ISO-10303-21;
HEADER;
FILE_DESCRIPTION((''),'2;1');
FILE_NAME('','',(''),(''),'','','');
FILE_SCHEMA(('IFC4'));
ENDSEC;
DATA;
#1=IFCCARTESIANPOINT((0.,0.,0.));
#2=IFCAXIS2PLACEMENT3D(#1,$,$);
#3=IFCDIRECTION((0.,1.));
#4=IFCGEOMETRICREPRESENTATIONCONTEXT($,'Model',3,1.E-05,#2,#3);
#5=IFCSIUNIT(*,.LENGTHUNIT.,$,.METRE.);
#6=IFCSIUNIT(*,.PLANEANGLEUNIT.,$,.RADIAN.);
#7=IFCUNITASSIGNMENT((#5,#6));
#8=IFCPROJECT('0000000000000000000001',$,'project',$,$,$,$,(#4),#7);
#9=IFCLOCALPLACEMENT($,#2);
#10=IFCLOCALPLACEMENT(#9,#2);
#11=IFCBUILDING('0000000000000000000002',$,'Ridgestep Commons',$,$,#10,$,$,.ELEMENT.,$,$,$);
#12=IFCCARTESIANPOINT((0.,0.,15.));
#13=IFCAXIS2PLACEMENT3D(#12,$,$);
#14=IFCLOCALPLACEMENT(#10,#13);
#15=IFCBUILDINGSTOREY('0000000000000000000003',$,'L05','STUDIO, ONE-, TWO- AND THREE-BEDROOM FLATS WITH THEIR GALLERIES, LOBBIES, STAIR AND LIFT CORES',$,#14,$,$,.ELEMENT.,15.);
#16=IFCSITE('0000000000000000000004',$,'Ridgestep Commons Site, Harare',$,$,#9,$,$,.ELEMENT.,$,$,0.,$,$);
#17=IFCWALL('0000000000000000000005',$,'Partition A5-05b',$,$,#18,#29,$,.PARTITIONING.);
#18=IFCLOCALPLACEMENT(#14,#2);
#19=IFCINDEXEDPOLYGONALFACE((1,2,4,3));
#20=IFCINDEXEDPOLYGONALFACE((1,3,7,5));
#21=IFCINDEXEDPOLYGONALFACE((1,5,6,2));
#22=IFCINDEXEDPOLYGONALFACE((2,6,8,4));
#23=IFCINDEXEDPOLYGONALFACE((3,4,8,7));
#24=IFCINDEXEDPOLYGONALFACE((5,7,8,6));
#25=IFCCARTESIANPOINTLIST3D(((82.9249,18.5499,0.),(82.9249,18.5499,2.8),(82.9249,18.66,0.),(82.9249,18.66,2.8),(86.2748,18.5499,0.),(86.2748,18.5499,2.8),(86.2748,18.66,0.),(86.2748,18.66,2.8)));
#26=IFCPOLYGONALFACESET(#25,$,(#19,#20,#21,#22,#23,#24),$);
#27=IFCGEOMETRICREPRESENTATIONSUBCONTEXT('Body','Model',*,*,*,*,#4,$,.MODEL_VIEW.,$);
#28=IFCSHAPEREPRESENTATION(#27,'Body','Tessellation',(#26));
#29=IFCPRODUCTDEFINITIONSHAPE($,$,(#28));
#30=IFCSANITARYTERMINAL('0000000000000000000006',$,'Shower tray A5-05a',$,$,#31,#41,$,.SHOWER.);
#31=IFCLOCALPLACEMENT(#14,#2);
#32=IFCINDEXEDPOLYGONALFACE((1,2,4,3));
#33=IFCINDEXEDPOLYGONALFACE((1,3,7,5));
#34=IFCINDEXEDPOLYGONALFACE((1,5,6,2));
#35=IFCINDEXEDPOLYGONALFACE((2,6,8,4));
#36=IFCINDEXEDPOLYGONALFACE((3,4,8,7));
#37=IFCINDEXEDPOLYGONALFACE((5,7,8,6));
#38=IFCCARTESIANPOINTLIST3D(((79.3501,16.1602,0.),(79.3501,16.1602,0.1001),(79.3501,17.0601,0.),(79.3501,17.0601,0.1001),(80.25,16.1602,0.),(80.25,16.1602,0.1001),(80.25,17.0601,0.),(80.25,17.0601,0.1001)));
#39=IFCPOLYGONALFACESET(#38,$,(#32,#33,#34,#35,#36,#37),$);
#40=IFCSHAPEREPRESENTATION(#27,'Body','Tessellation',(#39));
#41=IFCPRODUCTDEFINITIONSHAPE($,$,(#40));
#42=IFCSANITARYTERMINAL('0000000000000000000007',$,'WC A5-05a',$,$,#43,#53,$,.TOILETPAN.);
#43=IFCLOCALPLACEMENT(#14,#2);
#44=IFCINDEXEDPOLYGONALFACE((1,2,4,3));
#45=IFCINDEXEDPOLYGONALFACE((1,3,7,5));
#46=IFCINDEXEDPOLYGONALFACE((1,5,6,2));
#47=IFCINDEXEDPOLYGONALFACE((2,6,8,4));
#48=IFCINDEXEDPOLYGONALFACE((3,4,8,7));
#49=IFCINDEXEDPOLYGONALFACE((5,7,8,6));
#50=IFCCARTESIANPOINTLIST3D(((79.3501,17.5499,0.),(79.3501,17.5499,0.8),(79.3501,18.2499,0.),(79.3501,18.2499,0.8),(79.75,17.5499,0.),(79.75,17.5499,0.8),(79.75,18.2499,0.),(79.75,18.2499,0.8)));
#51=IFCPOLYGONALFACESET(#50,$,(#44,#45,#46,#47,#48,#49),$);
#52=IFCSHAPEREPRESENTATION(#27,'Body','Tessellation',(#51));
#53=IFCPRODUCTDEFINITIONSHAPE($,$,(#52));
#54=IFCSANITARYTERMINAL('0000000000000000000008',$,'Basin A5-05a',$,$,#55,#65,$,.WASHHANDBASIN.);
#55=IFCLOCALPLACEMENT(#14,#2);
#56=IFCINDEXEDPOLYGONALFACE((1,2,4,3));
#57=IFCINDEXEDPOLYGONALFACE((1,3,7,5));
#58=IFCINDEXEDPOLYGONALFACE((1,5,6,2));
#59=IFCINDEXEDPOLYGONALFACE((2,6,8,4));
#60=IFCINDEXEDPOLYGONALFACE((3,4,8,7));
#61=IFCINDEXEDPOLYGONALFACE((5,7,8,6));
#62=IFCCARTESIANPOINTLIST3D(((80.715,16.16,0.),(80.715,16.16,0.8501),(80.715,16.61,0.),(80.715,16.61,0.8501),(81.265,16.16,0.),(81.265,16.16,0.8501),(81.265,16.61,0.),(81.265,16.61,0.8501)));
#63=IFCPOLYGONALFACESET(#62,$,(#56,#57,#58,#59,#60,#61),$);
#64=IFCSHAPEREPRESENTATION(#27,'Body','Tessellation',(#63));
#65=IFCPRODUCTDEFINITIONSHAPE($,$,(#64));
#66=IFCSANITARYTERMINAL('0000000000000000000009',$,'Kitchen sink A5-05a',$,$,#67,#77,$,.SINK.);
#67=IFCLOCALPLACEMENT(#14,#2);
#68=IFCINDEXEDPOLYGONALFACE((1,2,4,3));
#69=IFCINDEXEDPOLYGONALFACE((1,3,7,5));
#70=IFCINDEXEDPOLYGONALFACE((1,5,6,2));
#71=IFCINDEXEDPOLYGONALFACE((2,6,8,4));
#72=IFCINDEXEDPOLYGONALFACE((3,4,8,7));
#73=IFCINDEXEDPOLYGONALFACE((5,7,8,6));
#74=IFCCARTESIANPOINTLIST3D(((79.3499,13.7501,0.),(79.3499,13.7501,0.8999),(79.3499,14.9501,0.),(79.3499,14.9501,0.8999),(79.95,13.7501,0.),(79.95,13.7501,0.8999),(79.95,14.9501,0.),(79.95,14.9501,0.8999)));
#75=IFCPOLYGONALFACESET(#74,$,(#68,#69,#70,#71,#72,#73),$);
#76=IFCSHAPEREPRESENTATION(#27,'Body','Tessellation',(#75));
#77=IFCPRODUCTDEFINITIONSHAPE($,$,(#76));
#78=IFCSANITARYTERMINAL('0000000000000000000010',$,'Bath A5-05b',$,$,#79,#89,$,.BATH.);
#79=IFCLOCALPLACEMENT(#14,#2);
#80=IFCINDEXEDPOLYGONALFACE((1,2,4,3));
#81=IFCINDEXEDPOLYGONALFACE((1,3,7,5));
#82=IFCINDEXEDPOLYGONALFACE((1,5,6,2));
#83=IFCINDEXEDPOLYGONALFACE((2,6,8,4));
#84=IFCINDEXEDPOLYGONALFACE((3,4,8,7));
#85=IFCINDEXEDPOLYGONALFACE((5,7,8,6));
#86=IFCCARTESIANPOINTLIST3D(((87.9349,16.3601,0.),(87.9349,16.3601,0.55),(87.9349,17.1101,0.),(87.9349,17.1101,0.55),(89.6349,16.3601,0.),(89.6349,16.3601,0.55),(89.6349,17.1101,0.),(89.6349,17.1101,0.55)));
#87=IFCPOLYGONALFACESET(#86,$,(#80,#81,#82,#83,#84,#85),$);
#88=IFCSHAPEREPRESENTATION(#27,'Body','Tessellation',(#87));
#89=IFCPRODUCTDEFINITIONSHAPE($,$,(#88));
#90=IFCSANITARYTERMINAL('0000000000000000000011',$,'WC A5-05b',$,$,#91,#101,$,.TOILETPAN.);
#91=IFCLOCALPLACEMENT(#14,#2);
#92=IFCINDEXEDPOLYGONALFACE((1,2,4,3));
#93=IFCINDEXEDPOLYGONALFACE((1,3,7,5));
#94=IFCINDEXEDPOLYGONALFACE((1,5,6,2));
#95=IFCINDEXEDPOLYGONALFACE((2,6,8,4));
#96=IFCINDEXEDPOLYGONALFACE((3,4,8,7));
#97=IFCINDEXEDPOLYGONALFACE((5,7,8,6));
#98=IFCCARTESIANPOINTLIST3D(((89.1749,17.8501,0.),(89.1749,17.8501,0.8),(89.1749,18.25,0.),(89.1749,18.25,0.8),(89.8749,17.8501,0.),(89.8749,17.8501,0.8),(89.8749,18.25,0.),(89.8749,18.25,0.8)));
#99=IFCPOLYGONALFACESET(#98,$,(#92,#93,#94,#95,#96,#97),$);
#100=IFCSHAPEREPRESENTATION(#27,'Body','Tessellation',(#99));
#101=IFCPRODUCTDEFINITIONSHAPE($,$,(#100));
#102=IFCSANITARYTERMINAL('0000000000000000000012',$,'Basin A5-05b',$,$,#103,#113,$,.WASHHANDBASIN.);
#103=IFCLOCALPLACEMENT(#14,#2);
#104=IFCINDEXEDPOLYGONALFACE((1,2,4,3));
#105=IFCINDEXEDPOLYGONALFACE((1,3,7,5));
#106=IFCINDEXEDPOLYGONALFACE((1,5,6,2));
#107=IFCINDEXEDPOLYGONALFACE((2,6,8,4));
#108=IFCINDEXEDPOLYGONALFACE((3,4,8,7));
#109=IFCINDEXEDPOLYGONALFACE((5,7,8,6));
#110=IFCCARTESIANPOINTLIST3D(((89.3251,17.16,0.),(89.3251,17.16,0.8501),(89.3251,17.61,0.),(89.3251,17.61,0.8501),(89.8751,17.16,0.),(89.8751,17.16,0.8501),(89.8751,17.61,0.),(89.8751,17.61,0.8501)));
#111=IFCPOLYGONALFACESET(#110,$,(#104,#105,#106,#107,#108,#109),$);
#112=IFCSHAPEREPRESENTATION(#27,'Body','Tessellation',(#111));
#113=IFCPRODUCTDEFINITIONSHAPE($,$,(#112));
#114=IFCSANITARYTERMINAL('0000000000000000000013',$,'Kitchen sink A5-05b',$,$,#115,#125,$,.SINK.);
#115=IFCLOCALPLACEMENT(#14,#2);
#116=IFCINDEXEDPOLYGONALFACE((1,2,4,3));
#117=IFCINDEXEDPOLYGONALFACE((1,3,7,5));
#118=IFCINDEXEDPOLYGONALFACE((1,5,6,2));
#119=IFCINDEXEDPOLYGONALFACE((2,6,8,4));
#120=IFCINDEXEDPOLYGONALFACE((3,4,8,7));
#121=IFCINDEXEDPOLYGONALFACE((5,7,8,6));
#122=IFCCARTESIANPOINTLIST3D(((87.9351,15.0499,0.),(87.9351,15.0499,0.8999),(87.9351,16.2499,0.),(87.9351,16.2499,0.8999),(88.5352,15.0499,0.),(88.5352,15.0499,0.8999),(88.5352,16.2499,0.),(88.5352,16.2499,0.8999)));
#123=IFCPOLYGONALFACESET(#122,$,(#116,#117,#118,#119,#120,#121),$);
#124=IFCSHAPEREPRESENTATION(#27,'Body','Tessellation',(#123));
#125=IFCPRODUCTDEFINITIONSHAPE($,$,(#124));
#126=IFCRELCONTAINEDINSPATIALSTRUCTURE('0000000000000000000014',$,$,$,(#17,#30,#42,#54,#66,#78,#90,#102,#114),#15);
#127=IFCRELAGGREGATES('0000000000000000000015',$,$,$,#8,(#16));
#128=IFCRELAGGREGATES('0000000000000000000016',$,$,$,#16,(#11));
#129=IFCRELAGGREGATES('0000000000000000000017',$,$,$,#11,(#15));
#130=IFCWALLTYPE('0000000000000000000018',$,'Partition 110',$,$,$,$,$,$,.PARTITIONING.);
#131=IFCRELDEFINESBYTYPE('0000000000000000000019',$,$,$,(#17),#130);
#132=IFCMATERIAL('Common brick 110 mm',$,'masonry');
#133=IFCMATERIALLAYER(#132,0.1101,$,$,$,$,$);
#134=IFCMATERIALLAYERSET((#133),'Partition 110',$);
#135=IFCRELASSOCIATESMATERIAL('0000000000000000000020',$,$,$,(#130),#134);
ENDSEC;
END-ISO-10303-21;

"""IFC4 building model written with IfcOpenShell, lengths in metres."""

from ifc_helpers import new_model, si_unit, direction, frame, frame_2d, origin, origin_2d, place, context, subcontext, project, spatial, rectangle, extrude, material, layer, layer_set, type_object, element, save


model = new_model("IFC4")

# Units and contexts
model_context = context("Model", 3, precision=1e-05, world=origin(), true_north=direction((0.0, 1.0)))
body_context = subcontext(model_context, "Body", "Model", "MODEL_VIEW")
ifc_project = project(units=[si_unit("LENGTHUNIT", "METRE"), si_unit("PLANEANGLEUNIT", "RADIAN")], contexts=[model_context])

# Site, building, storey
site_placement = place(None, origin())
site = spatial("IfcSite", under=ifc_project, at=site_placement, Name="Ridgestep Commons Site, Harare", CompositionType="ELEMENT", RefElevation=0.0)
building_placement = place(site_placement, origin())
building = spatial("IfcBuilding", under=site, at=building_placement, Name="Ridgestep Commons", CompositionType="ELEMENT")
storey_placement = place(building_placement, frame((0.0, 0.0, 15.0)))
storey = spatial("IfcBuildingStorey", under=building, at=storey_placement, Name="L05", Description="STUDIO, ONE-, TWO- AND THREE-BEDROOM FLATS WITH THEIR GALLERIES, LOBBIES, STAIR AND LIFT CORES", CompositionType="ELEMENT", Elevation=15.0)

# Shared definitions
ifc_material_1 = material(Name="Common brick 110 mm", Category="masonry")
ifc_layer_1 = layer(ifc_material_1, 0.1101)
ifc_layer_set_1 = layer_set([ifc_layer_1], Name="Partition 110")
wall_type_1 = type_object("IfcWallType", Name="Partition 110", PredefinedType="PARTITIONING", material=ifc_layer_set_1)

# Wall
wall_1_placement = place(storey_placement, frame((82.925, 18.605, 0.0), z_axis=(0.0, 0.0, 1.0), x_axis=(1.0, 0.0, 0.0)))
element("IfcWall", 1, at=wall_1_placement, inside=storey, type_object=wall_type_1, Name="Partition A5-05b", PredefinedType="PARTITIONING", context=body_context, shape_type="SweptSolid", body=[
    extrude(rectangle(XDim=3.3499, YDim=0.1101, at=frame_2d((1.6748, 0.0))), origin(), (0.0, 0.0, 1.0), 2.8),
])

# Sanitary terminals
sanitary_terminal_1_placement = place(storey_placement, frame((79.8, 16.6101, 0.0), z_axis=(0.0, 0.0, 1.0), x_axis=(1.0, 0.0, 0.0)))
element("IfcSanitaryTerminal", 2, at=sanitary_terminal_1_placement, inside=storey, Name="Shower tray A5-05a", PredefinedType="SHOWER", context=body_context, shape_type="SweptSolid", body=[
    extrude(rectangle(XDim=0.8999, YDim=0.8999, at=origin_2d()), origin(), (0.0, 0.0, 1.0), 0.1001),
])
sanitary_terminal_2_placement = place(storey_placement, frame((79.55, 17.8999, 0.0), z_axis=(0.0, 0.0, 1.0), x_axis=(1.0, 0.0, 0.0)))
element("IfcSanitaryTerminal", 3, at=sanitary_terminal_2_placement, inside=storey, Name="WC A5-05a", PredefinedType="TOILETPAN", context=body_context, shape_type="SweptSolid", body=[
    extrude(rectangle(XDim=0.3999, YDim=0.7, at=origin_2d()), origin(), (0.0, 0.0, 1.0), 0.8),
])
sanitary_terminal_3_placement = place(storey_placement, frame((80.99, 16.385, 0.0), z_axis=(0.0, 0.0, 1.0), x_axis=(1.0, 0.0, 0.0)))
element("IfcSanitaryTerminal", 4, at=sanitary_terminal_3_placement, inside=storey, Name="Basin A5-05a", PredefinedType="WASHHANDBASIN", context=body_context, shape_type="SweptSolid", body=[
    extrude(rectangle(XDim=0.55, YDim=0.45, at=origin_2d()), origin(), (0.0, 0.0, 1.0), 0.8501),
])
sanitary_terminal_4_placement = place(storey_placement, frame((79.6499, 14.3501, 0.0), z_axis=(0.0, 0.0, 1.0), x_axis=(1.0, 0.0, 0.0)))
element("IfcSanitaryTerminal", 5, at=sanitary_terminal_4_placement, inside=storey, Name="Kitchen sink A5-05a", PredefinedType="SINK", context=body_context, shape_type="SweptSolid", body=[
    extrude(rectangle(XDim=0.6001, YDim=1.2, at=origin_2d()), origin(), (0.0, 0.0, 1.0), 0.8999),
])
sanitary_terminal_5_placement = place(storey_placement, frame((88.7849, 16.7351, 0.0), z_axis=(0.0, 0.0, 1.0), x_axis=(1.0, 0.0, 0.0)))
element("IfcSanitaryTerminal", 6, at=sanitary_terminal_5_placement, inside=storey, Name="Bath A5-05b", PredefinedType="BATH", context=body_context, shape_type="SweptSolid", body=[
    extrude(rectangle(XDim=1.7, YDim=0.75, at=origin_2d()), origin(), (0.0, 0.0, 1.0), 0.55),
])
sanitary_terminal_6_placement = place(storey_placement, frame((89.5249, 18.05, 0.0), z_axis=(0.0, 0.0, 1.0), x_axis=(1.0, 0.0, 0.0)))
element("IfcSanitaryTerminal", 7, at=sanitary_terminal_6_placement, inside=storey, Name="WC A5-05b", PredefinedType="TOILETPAN", context=body_context, shape_type="SweptSolid", body=[
    extrude(rectangle(XDim=0.7, YDim=0.3999, at=origin_2d()), origin(), (0.0, 0.0, 1.0), 0.8),
])
sanitary_terminal_7_placement = place(storey_placement, frame((89.6001, 17.385, 0.0), z_axis=(0.0, 0.0, 1.0), x_axis=(1.0, 0.0, 0.0)))
element("IfcSanitaryTerminal", 8, at=sanitary_terminal_7_placement, inside=storey, Name="Basin A5-05b", PredefinedType="WASHHANDBASIN", context=body_context, shape_type="SweptSolid", body=[
    extrude(rectangle(XDim=0.55, YDim=0.45, at=origin_2d()), origin(), (0.0, 0.0, 1.0), 0.8501),
])
sanitary_terminal_8_placement = place(storey_placement, frame((88.2351, 15.6499, 0.0), z_axis=(0.0, 0.0, 1.0), x_axis=(1.0, 0.0, 0.0)))
element("IfcSanitaryTerminal", 9, at=sanitary_terminal_8_placement, inside=storey, Name="Kitchen sink A5-05b", PredefinedType="SINK", context=body_context, shape_type="SweptSolid", body=[
    extrude(rectangle(XDim=0.6001, YDim=1.2, at=origin_2d()), origin(), (0.0, 0.0, 1.0), 0.8999),
])

save(model, "model.ifc")
